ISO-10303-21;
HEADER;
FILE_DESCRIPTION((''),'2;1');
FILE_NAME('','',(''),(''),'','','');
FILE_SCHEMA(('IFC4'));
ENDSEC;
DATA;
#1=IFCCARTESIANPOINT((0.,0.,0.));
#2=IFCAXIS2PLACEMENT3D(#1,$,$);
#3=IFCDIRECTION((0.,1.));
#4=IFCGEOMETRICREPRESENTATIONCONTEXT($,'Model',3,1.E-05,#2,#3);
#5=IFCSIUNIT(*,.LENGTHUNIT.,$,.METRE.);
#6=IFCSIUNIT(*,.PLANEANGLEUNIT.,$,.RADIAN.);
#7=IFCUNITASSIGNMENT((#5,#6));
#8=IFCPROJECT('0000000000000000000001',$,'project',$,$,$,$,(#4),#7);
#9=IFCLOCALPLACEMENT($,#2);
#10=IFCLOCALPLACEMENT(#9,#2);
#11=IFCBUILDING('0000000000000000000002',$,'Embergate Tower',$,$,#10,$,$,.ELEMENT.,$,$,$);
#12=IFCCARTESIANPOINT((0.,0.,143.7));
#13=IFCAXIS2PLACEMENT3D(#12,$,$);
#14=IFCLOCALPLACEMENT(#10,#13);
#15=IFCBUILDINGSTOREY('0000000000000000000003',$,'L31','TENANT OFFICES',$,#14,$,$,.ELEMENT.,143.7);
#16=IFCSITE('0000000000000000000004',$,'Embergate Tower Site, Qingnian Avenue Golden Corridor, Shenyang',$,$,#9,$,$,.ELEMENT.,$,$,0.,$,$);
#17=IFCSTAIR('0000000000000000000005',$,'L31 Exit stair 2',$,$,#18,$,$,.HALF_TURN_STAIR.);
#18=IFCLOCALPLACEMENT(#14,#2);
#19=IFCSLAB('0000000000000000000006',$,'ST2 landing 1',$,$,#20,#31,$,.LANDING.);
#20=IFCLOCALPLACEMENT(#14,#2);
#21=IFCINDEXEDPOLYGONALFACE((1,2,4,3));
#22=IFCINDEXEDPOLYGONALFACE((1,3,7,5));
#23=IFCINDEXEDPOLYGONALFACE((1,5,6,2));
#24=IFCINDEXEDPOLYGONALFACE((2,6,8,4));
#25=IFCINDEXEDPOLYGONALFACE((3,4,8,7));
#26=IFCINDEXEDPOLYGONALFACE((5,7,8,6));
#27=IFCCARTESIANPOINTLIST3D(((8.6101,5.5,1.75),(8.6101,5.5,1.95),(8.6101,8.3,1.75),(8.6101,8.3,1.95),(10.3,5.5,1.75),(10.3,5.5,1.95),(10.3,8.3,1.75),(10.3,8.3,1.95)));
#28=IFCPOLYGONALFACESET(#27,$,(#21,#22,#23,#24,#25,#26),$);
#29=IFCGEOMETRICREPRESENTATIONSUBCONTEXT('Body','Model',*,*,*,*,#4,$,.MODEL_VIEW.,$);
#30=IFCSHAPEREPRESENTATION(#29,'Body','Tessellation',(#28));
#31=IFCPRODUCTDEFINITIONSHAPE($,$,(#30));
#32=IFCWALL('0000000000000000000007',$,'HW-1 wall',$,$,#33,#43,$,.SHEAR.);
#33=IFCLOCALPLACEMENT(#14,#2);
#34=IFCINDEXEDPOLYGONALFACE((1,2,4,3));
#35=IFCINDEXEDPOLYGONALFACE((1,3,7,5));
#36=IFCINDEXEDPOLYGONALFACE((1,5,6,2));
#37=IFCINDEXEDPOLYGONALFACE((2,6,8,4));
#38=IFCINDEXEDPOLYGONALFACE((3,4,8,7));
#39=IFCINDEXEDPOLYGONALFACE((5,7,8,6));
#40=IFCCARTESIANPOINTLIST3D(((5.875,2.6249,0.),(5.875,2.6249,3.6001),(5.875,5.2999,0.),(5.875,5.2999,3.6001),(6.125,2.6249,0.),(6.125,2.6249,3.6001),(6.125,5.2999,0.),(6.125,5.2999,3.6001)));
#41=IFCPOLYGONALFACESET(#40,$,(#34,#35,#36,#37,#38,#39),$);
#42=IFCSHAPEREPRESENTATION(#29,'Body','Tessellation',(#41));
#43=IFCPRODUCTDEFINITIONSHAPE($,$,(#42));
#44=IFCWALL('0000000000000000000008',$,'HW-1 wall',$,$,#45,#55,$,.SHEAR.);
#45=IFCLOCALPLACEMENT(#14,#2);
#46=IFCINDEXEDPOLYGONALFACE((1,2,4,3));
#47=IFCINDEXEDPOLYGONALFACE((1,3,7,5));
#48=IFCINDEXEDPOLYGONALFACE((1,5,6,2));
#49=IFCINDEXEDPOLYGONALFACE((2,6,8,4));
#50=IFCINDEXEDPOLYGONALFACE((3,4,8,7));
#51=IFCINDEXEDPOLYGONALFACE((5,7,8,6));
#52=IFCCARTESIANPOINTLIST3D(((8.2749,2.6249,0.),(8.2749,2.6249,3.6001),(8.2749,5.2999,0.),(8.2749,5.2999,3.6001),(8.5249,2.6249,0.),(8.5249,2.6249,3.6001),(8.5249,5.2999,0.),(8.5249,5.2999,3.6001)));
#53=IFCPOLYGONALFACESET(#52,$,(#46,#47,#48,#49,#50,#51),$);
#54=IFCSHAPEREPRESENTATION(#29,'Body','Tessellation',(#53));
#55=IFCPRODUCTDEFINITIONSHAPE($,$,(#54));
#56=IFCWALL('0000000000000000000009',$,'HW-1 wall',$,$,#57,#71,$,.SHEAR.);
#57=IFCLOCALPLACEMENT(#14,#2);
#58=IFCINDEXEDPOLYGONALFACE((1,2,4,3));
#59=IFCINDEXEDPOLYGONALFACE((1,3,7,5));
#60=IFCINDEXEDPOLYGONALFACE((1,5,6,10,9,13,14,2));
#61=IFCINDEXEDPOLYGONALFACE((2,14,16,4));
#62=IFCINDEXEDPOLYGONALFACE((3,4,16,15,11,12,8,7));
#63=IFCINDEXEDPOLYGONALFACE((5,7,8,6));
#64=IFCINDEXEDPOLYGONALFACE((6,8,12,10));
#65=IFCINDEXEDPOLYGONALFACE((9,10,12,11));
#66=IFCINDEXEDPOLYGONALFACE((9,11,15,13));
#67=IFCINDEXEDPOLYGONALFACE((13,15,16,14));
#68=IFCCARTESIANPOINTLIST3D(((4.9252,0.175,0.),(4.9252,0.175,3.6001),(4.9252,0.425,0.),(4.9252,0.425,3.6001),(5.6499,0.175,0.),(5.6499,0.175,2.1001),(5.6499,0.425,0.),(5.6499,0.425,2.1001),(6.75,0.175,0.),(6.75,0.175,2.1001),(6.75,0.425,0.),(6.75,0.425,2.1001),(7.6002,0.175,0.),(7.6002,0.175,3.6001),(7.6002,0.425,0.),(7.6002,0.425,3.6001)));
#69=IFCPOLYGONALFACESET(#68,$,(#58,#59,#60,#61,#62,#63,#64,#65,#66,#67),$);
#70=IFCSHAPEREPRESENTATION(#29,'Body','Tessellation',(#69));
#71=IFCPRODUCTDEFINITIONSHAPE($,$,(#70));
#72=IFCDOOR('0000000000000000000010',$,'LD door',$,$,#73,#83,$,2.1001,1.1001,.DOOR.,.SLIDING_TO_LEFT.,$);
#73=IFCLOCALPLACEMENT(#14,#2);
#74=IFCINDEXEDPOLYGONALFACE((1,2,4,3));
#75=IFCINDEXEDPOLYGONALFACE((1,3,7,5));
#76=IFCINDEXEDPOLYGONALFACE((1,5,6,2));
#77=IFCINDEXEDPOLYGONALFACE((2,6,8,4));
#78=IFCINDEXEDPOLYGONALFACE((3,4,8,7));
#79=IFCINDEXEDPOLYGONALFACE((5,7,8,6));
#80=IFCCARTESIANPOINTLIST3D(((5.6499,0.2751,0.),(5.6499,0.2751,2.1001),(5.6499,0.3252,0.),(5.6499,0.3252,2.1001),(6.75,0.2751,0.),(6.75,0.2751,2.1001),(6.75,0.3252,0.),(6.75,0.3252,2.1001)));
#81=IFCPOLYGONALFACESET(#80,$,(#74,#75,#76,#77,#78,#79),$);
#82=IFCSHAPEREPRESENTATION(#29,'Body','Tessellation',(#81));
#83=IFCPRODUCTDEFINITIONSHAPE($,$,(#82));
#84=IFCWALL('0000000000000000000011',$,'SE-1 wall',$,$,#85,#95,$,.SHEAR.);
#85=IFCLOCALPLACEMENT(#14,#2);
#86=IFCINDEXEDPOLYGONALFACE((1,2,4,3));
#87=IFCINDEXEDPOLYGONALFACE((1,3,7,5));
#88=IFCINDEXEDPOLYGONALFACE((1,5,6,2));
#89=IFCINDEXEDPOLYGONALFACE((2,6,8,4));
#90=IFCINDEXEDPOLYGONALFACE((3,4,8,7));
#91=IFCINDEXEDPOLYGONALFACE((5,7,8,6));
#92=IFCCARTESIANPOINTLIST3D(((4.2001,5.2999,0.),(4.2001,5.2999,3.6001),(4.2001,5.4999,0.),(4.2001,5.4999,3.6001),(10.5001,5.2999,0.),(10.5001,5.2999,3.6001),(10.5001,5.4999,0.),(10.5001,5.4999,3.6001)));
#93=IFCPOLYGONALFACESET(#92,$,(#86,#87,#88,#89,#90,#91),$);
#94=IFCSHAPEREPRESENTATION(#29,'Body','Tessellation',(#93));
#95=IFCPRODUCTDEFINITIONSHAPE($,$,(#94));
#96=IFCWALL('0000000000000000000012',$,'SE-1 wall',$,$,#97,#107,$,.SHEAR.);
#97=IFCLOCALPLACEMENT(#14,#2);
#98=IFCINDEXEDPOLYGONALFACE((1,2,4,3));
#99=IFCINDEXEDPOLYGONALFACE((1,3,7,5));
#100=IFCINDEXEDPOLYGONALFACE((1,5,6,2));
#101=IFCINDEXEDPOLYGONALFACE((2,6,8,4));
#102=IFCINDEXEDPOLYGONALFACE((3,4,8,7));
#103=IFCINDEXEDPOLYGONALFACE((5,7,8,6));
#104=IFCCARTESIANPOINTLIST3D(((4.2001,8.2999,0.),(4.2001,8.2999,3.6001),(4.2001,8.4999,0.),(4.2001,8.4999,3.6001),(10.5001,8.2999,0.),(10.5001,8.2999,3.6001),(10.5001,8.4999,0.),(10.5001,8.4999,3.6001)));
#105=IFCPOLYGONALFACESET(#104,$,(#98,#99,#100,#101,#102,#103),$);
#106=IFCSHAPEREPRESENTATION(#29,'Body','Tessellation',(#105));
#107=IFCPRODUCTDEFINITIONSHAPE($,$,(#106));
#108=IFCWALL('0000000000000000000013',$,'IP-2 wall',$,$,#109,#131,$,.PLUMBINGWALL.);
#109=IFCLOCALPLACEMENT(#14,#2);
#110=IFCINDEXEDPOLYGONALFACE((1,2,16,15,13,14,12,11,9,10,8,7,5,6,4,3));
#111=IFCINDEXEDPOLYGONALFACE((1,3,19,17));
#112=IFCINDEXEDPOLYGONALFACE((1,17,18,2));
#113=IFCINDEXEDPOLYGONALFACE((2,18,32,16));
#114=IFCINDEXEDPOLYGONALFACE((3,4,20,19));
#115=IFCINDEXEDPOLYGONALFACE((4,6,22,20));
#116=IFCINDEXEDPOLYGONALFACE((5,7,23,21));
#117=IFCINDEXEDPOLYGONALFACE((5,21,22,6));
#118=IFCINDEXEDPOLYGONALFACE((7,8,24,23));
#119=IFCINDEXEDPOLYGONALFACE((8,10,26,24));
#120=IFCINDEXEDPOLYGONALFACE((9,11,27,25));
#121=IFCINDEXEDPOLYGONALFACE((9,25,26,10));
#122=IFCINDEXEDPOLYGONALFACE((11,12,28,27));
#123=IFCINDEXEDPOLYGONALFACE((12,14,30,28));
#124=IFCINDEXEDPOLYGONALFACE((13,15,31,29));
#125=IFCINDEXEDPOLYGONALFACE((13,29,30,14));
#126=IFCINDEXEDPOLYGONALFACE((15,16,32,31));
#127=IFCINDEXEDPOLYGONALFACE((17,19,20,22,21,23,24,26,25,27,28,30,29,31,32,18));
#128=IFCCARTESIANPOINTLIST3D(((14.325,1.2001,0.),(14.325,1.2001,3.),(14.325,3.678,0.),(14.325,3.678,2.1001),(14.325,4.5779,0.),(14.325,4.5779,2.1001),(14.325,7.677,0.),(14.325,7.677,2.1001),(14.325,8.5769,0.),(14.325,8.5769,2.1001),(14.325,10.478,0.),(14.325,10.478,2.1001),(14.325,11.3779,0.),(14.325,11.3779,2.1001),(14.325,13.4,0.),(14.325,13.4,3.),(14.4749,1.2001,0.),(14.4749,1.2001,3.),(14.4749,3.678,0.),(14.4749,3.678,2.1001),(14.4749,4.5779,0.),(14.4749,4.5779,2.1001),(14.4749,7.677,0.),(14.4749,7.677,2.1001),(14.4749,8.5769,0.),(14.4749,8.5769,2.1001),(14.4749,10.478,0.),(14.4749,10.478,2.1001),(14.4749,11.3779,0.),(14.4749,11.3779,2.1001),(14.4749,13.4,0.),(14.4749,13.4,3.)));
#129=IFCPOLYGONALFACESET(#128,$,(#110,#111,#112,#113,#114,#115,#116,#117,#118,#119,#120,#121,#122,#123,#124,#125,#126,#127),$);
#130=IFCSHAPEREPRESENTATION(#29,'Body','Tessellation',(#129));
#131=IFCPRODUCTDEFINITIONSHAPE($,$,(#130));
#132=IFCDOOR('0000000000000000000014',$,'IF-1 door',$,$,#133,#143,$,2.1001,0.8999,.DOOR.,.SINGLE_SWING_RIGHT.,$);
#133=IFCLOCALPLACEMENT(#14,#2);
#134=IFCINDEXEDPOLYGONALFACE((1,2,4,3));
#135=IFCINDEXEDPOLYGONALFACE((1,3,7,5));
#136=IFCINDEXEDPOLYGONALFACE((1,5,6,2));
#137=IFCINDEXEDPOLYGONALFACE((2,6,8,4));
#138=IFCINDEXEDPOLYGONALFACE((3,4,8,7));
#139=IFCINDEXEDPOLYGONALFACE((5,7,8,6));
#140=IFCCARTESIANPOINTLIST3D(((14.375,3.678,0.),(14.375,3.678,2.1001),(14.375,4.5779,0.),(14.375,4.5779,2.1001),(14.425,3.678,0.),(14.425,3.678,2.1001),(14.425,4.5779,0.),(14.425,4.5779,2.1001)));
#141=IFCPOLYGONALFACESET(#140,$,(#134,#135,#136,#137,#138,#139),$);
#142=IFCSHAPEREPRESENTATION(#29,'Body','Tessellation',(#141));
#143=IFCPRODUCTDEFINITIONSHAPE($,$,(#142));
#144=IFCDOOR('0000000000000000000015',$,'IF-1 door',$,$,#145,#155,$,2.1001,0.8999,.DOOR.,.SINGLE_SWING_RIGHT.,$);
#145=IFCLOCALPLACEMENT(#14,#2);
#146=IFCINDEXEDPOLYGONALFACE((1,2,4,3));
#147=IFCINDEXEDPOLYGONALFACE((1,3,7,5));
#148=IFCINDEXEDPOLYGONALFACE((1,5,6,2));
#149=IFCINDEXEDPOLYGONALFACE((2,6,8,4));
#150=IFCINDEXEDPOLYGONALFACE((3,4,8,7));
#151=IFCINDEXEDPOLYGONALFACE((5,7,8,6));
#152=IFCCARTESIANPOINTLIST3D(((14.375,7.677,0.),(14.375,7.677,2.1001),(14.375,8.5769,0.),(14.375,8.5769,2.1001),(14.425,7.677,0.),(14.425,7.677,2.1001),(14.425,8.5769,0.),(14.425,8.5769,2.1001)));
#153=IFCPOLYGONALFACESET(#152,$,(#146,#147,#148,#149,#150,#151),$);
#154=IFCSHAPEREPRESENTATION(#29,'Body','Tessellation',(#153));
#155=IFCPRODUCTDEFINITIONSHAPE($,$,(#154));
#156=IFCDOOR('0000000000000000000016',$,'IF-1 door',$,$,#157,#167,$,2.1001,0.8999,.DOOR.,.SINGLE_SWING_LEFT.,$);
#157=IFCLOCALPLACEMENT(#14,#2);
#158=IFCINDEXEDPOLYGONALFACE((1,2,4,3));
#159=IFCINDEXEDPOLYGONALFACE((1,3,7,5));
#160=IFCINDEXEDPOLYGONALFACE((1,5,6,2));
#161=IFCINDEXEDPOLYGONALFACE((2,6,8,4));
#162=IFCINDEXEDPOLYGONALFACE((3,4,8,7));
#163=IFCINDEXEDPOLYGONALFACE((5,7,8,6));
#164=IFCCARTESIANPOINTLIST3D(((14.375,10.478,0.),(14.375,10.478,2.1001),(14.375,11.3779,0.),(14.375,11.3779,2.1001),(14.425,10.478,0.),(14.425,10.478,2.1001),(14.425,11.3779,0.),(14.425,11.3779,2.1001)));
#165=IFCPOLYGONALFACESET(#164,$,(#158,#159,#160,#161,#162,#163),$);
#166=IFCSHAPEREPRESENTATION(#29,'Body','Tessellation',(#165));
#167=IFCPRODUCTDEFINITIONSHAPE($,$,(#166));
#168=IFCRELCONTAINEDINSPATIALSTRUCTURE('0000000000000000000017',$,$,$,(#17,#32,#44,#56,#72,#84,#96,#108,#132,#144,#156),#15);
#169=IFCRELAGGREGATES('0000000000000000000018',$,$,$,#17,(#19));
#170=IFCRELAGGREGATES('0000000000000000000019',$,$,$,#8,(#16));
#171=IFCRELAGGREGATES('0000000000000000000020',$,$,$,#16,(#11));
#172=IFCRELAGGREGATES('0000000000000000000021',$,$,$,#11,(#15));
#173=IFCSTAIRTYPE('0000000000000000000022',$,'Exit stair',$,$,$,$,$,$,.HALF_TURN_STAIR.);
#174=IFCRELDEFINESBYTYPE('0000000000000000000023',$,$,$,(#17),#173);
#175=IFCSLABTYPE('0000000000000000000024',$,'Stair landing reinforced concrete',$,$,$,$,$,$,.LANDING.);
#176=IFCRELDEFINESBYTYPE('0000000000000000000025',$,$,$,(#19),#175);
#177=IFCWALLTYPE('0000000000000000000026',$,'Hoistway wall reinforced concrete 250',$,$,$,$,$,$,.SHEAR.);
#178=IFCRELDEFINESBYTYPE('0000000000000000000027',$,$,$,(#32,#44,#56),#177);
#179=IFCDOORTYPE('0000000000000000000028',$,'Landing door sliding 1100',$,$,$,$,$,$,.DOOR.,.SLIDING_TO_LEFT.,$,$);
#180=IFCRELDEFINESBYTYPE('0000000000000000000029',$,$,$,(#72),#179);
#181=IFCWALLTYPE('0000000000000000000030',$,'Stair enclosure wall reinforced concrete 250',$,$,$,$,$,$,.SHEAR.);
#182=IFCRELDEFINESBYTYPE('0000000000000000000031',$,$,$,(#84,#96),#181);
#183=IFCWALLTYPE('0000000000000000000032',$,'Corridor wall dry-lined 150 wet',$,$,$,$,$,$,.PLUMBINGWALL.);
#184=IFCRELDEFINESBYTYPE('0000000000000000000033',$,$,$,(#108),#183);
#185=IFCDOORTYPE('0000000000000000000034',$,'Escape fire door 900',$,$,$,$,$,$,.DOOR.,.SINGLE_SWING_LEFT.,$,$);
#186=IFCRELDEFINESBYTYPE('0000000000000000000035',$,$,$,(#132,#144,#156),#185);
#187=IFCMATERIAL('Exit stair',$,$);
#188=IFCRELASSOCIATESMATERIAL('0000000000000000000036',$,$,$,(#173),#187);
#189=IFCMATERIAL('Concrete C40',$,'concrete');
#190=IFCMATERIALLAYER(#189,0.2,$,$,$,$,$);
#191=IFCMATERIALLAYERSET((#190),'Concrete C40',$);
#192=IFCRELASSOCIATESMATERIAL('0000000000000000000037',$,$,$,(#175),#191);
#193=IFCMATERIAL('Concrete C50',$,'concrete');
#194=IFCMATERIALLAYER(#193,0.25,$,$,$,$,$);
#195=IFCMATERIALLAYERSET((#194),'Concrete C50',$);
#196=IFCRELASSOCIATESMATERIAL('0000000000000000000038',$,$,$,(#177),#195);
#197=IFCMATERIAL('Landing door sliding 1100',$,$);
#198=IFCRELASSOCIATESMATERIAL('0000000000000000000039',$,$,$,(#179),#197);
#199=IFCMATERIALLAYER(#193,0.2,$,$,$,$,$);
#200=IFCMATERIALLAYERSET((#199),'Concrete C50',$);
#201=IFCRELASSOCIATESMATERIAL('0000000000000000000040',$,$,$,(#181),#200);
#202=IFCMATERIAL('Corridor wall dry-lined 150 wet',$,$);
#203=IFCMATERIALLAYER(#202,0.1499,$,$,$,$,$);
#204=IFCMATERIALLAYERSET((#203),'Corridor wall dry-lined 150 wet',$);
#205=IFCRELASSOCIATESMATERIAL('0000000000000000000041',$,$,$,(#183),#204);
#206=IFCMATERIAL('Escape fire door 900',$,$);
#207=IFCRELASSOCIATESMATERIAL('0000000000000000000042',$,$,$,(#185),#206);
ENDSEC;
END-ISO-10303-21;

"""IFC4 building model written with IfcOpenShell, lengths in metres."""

from ifc_helpers import new_model, si_unit, direction, frame, frame_2d, origin, place, context, subcontext, project, spatial, polyline, rectangle, outline, extrude, source, transform, mapped, material, layer, layer_set, type_object, element, fill, aggregate, save


model = new_model("IFC4")

# Units and contexts
model_context = context("Model", 3, precision=1e-05, world=origin(), true_north=direction((0.0, 1.0)))
body_context = subcontext(model_context, "Body", "Model", "MODEL_VIEW")
ifc_project = project(units=[si_unit("LENGTHUNIT", "METRE"), si_unit("PLANEANGLEUNIT", "RADIAN")], contexts=[model_context])

# Site, building, storey
site_placement = place(None, origin())
site = spatial("IfcSite", under=ifc_project, at=site_placement, Name="Embergate Tower Site, Qingnian Avenue Golden Corridor, Shenyang", CompositionType="ELEMENT", RefElevation=0.0)
building_placement = place(site_placement, origin())
building = spatial("IfcBuilding", under=site, at=building_placement, Name="Embergate Tower", CompositionType="ELEMENT")
storey_placement = place(building_placement, frame((0.0, 0.0, 143.7)))
storey = spatial("IfcBuildingStorey", under=building, at=storey_placement, Name="L31", Description="TENANT OFFICES", CompositionType="ELEMENT", Elevation=143.7)

# Stair, slab
ifc_material_1 = material(Name="Exit stair")
stair_type = type_object("IfcStairType", Name="Exit stair", PredefinedType="HALF_TURN_STAIR", material=ifc_material_1)
stair_placement = place(storey_placement, origin())
stair = element("IfcStair", 1, at=stair_placement, inside=storey, type_object=stair_type, Name="L31 Exit stair 2", PredefinedType="HALF_TURN_STAIR")
ifc_material_2 = material(Name="Concrete C40", Category="concrete")
ifc_layer_1 = layer(ifc_material_2, 0.2)
ifc_layer_set_1 = layer_set([ifc_layer_1], Name="Concrete C40")
slab_type = type_object("IfcSlabType", Name="Stair landing reinforced concrete", PredefinedType="LANDING", material=ifc_layer_set_1)
shared_shape_1 = source(origin(), body_context, "Body", "SweptSolid", [
    extrude(outline(polyline([(0.0, 0.0), (1.6899, 0.0), (1.6899, 2.8), (0.0, 2.8), (0.0, 0.0)])), origin(), (0.0, 0.0, 1.0), 0.2),
])
slab_placement = place(storey_placement, frame((8.6101, 5.5, 1.75)))
slab = element("IfcSlab", 2, at=slab_placement, type_object=slab_type, Name="ST2 landing 1", PredefinedType="LANDING", context=body_context, shape_type="MappedRepresentation", body=[
    mapped(shared_shape_1, transform((0.0, 0.0, 0.0))),
])

# Walls
ifc_material_3 = material(Name="Concrete C50", Category="concrete")
ifc_layer_2 = layer(ifc_material_3, 0.25)
ifc_layer_set_2 = layer_set([ifc_layer_2], Name="Concrete C50")
wall_type_1 = type_object("IfcWallType", Name="Hoistway wall reinforced concrete 250", PredefinedType="SHEAR", material=ifc_layer_set_2)
shared_shape_2 = source(origin(), body_context, "Body", "SweptSolid", [
    extrude(rectangle(XDim=2.675, YDim=0.25, at=frame_2d((1.3374, 0.0))), origin(), (0.0, 0.0, 1.0), 3.6001),
])
for number, where, z_axis, x_axis, name in (
    (3, (6.0, 2.625, 0.0), (0.0, 0.0, 1.0), (0.0, 1.0, 0.0), "HW-1 wall"),
    (4, (8.3999, 2.625, 0.0), (0.0, 0.0, 1.0), (0.0, 1.0, 0.0), "HW-1 wall"),
):
    element("IfcWall", number, at=place(storey_placement, frame(where, z_axis=z_axis, x_axis=x_axis)), inside=storey, type_object=wall_type_1, Name=name, PredefinedType="SHEAR", context=body_context, shape_type="MappedRepresentation", body=[
        mapped(shared_shape_2, transform((0.0, 0.0, 0.0))),
    ])

# Wall, opening, door
wall_1_placement = place(storey_placement, frame((7.6001, 0.3, 0.0), z_axis=(0.0, 0.0, 1.0), x_axis=(-1.0, 0.0, 0.0)))
wall_1 = element("IfcWall", 5, at=wall_1_placement, inside=storey, type_object=wall_type_1, Name="HW-1 wall", PredefinedType="SHEAR", context=body_context, shape_type="MappedRepresentation", body=[
    mapped(shared_shape_2, transform((0.0, 0.0, 0.0))),
])
shared_shape_3 = source(origin(), body_context, "Body", "SweptSolid", [
    extrude(rectangle(XDim=1.1001, YDim=2.1001, at=frame_2d((0.55, 1.05))), frame((0.0, 0.135, 0.0), z_axis=(0.0, -1.0, 0.0), x_axis=(1.0, 0.0, 0.0)), (0.0, 0.0, 1.0), 0.27),
])
opening_1_placement = place(wall_1_placement, frame((0.8501, 0.0, 0.0)))
opening_1 = element("IfcOpeningElement", 6, at=opening_1_placement, cuts=wall_1, PredefinedType="OPENING", context=body_context, shape_type="MappedRepresentation", body=[
    mapped(shared_shape_3, transform((0.0, 0.0, 0.0))),
])
ifc_material_4 = material(Name="Landing door sliding 1100")
door_type_1 = type_object("IfcDoorType", Name="Landing door sliding 1100", OperationType="SLIDING_TO_LEFT", PredefinedType="DOOR", material=ifc_material_4)
shared_shape_4 = source(origin(), body_context, "Body", "SweptSolid", [
    extrude(rectangle(XDim=1.1001, YDim=2.1001, at=frame_2d((0.55, 1.05))), frame((0.0, 0.0249, 0.0), z_axis=(0.0, -1.0, 0.0), x_axis=(1.0, 0.0, 0.0)), (0.0, 0.0, 1.0), 0.05),
])
door_1_placement = place(opening_1_placement, origin())
door_1 = element("IfcDoor", 7, at=door_1_placement, inside=storey, type_object=door_type_1, Name="LD door", OperationType="SLIDING_TO_LEFT", OverallHeight=2.1001, OverallWidth=1.1001, PredefinedType="DOOR", context=body_context, shape_type="MappedRepresentation", body=[
    mapped(shared_shape_4, transform((0.0, 0.0, 0.0))),
])
fill(opening_1, door_1)

# Walls
ifc_layer_3 = layer(ifc_material_3, 0.2)
ifc_layer_set_3 = layer_set([ifc_layer_3], Name="Concrete C50")
wall_type_2 = type_object("IfcWallType", Name="Stair enclosure wall reinforced concrete 250", PredefinedType="SHEAR", material=ifc_layer_set_3)
shared_shape_5 = source(origin(), body_context, "Body", "SweptSolid", [
    extrude(rectangle(XDim=6.3, YDim=0.2, at=frame_2d((3.1499, 0.0))), origin(), (0.0, 0.0, 1.0), 3.6001),
])
for number, where, z_axis, x_axis, name in (
    (8, (10.5, 5.3999, 0.0), (0.0, 0.0, 1.0), (-1.0, 0.0, 0.0), "SE-1 wall"),
    (9, (10.5, 8.3999, 0.0), (0.0, 0.0, 1.0), (-1.0, 0.0, 0.0), "SE-1 wall"),
):
    element("IfcWall", number, at=place(storey_placement, frame(where, z_axis=z_axis, x_axis=x_axis)), inside=storey, type_object=wall_type_2, Name=name, PredefinedType="SHEAR", context=body_context, shape_type="MappedRepresentation", body=[
        mapped(shared_shape_5, transform((0.0, 0.0, 0.0))),
    ])

# Wall, openings, doors
ifc_material_5 = material(Name="Corridor wall dry-lined 150 wet")
ifc_layer_4 = layer(ifc_material_5, 0.1499)
ifc_layer_set_4 = layer_set([ifc_layer_4], Name="Corridor wall dry-lined 150 wet")
wall_type_3 = type_object("IfcWallType", Name="Corridor wall dry-lined 150 wet", PredefinedType="PLUMBINGWALL", material=ifc_layer_set_4)
shared_shape_6 = source(origin(), body_context, "Body", "SweptSolid", [
    extrude(rectangle(XDim=12.2, YDim=0.1499, at=frame_2d((6.1001, 0.0))), origin(), (0.0, 0.0, 1.0), 3.0),
])
wall_2_placement = place(storey_placement, frame((14.3999, 1.2, 0.0), z_axis=(0.0, 0.0, 1.0), x_axis=(0.0, 1.0, 0.0)))
wall_2 = element("IfcWall", 10, at=wall_2_placement, inside=storey, type_object=wall_type_3, Name="IP-2 wall", PredefinedType="PLUMBINGWALL", context=body_context, shape_type="MappedRepresentation", body=[
    mapped(shared_shape_6, transform((0.0, 0.0, 0.0))),
])
shared_shape_7 = source(origin(), body_context, "Body", "SweptSolid", [
    extrude(rectangle(XDim=0.8999, YDim=2.1001, at=frame_2d((0.45, 1.05))), frame((0.0, 0.085, 0.0), z_axis=(0.0, -1.0, 0.0), x_axis=(1.0, 0.0, 0.0)), (0.0, 0.0, 1.0), 0.1699),
])
opening_2_placement = place(wall_2_placement, frame((2.478, 0.0, 0.0)))
opening_2 = element("IfcOpeningElement", 11, at=opening_2_placement, cuts=wall_2, PredefinedType="OPENING", context=body_context, shape_type="MappedRepresentation", body=[
    mapped(shared_shape_7, transform((0.0, 0.0, 0.0))),
])
opening_3_placement = place(wall_2_placement, frame((6.4771, 0.0, 0.0)))
opening_3 = element("IfcOpeningElement", 12, at=opening_3_placement, cuts=wall_2, PredefinedType="OPENING", context=body_context, shape_type="MappedRepresentation", body=[
    mapped(shared_shape_7, transform((0.0, 0.0, 0.0))),
])
opening_4_placement = place(wall_2_placement, frame((9.2781, 0.0, 0.0)))
opening_4 = element("IfcOpeningElement", 13, at=opening_4_placement, cuts=wall_2, PredefinedType="OPENING", context=body_context, shape_type="MappedRepresentation", body=[
    mapped(shared_shape_7, transform((0.0, 0.0, 0.0))),
])
ifc_material_6 = material(Name="Escape fire door 900")
door_type_2 = type_object("IfcDoorType", Name="Escape fire door 900", OperationType="SINGLE_SWING_LEFT", PredefinedType="DOOR", material=ifc_material_6)
shared_shape_8 = source(origin(), body_context, "Body", "SweptSolid", [
    extrude(rectangle(XDim=0.8999, YDim=2.1001, at=frame_2d((0.45, 1.05))), frame((0.0, 0.0249, 0.0), z_axis=(0.0, -1.0, 0.0), x_axis=(1.0, 0.0, 0.0)), (0.0, 0.0, 1.0), 0.05),
])
door_2_placement = place(opening_2_placement, origin())
door_2 = element("IfcDoor", 14, at=door_2_placement, inside=storey, type_object=door_type_2, Name="IF-1 door", OperationType="SINGLE_SWING_RIGHT", OverallHeight=2.1001, OverallWidth=0.8999, PredefinedType="DOOR", context=body_context, shape_type="MappedRepresentation", body=[
    mapped(shared_shape_8, transform((0.0, 0.0, 0.0))),
])
fill(opening_2, door_2)
door_3_placement = place(opening_3_placement, origin())
door_3 = element("IfcDoor", 15, at=door_3_placement, inside=storey, type_object=door_type_2, Name="IF-1 door", OperationType="SINGLE_SWING_RIGHT", OverallHeight=2.1001, OverallWidth=0.8999, PredefinedType="DOOR", context=body_context, shape_type="MappedRepresentation", body=[
    mapped(shared_shape_8, transform((0.0, 0.0, 0.0))),
])
fill(opening_3, door_3)
door_4_placement = place(opening_4_placement, origin())
door_4 = element("IfcDoor", 16, at=door_4_placement, inside=storey, type_object=door_type_2, Name="IF-1 door", OperationType="SINGLE_SWING_LEFT", OverallHeight=2.1001, OverallWidth=0.8999, PredefinedType="DOOR", context=body_context, shape_type="MappedRepresentation", body=[
    mapped(shared_shape_8, transform((0.0, 0.0, 0.0))),
])
fill(opening_4, door_4)

aggregate(stair, [slab])

save(model, "model.ifc")
